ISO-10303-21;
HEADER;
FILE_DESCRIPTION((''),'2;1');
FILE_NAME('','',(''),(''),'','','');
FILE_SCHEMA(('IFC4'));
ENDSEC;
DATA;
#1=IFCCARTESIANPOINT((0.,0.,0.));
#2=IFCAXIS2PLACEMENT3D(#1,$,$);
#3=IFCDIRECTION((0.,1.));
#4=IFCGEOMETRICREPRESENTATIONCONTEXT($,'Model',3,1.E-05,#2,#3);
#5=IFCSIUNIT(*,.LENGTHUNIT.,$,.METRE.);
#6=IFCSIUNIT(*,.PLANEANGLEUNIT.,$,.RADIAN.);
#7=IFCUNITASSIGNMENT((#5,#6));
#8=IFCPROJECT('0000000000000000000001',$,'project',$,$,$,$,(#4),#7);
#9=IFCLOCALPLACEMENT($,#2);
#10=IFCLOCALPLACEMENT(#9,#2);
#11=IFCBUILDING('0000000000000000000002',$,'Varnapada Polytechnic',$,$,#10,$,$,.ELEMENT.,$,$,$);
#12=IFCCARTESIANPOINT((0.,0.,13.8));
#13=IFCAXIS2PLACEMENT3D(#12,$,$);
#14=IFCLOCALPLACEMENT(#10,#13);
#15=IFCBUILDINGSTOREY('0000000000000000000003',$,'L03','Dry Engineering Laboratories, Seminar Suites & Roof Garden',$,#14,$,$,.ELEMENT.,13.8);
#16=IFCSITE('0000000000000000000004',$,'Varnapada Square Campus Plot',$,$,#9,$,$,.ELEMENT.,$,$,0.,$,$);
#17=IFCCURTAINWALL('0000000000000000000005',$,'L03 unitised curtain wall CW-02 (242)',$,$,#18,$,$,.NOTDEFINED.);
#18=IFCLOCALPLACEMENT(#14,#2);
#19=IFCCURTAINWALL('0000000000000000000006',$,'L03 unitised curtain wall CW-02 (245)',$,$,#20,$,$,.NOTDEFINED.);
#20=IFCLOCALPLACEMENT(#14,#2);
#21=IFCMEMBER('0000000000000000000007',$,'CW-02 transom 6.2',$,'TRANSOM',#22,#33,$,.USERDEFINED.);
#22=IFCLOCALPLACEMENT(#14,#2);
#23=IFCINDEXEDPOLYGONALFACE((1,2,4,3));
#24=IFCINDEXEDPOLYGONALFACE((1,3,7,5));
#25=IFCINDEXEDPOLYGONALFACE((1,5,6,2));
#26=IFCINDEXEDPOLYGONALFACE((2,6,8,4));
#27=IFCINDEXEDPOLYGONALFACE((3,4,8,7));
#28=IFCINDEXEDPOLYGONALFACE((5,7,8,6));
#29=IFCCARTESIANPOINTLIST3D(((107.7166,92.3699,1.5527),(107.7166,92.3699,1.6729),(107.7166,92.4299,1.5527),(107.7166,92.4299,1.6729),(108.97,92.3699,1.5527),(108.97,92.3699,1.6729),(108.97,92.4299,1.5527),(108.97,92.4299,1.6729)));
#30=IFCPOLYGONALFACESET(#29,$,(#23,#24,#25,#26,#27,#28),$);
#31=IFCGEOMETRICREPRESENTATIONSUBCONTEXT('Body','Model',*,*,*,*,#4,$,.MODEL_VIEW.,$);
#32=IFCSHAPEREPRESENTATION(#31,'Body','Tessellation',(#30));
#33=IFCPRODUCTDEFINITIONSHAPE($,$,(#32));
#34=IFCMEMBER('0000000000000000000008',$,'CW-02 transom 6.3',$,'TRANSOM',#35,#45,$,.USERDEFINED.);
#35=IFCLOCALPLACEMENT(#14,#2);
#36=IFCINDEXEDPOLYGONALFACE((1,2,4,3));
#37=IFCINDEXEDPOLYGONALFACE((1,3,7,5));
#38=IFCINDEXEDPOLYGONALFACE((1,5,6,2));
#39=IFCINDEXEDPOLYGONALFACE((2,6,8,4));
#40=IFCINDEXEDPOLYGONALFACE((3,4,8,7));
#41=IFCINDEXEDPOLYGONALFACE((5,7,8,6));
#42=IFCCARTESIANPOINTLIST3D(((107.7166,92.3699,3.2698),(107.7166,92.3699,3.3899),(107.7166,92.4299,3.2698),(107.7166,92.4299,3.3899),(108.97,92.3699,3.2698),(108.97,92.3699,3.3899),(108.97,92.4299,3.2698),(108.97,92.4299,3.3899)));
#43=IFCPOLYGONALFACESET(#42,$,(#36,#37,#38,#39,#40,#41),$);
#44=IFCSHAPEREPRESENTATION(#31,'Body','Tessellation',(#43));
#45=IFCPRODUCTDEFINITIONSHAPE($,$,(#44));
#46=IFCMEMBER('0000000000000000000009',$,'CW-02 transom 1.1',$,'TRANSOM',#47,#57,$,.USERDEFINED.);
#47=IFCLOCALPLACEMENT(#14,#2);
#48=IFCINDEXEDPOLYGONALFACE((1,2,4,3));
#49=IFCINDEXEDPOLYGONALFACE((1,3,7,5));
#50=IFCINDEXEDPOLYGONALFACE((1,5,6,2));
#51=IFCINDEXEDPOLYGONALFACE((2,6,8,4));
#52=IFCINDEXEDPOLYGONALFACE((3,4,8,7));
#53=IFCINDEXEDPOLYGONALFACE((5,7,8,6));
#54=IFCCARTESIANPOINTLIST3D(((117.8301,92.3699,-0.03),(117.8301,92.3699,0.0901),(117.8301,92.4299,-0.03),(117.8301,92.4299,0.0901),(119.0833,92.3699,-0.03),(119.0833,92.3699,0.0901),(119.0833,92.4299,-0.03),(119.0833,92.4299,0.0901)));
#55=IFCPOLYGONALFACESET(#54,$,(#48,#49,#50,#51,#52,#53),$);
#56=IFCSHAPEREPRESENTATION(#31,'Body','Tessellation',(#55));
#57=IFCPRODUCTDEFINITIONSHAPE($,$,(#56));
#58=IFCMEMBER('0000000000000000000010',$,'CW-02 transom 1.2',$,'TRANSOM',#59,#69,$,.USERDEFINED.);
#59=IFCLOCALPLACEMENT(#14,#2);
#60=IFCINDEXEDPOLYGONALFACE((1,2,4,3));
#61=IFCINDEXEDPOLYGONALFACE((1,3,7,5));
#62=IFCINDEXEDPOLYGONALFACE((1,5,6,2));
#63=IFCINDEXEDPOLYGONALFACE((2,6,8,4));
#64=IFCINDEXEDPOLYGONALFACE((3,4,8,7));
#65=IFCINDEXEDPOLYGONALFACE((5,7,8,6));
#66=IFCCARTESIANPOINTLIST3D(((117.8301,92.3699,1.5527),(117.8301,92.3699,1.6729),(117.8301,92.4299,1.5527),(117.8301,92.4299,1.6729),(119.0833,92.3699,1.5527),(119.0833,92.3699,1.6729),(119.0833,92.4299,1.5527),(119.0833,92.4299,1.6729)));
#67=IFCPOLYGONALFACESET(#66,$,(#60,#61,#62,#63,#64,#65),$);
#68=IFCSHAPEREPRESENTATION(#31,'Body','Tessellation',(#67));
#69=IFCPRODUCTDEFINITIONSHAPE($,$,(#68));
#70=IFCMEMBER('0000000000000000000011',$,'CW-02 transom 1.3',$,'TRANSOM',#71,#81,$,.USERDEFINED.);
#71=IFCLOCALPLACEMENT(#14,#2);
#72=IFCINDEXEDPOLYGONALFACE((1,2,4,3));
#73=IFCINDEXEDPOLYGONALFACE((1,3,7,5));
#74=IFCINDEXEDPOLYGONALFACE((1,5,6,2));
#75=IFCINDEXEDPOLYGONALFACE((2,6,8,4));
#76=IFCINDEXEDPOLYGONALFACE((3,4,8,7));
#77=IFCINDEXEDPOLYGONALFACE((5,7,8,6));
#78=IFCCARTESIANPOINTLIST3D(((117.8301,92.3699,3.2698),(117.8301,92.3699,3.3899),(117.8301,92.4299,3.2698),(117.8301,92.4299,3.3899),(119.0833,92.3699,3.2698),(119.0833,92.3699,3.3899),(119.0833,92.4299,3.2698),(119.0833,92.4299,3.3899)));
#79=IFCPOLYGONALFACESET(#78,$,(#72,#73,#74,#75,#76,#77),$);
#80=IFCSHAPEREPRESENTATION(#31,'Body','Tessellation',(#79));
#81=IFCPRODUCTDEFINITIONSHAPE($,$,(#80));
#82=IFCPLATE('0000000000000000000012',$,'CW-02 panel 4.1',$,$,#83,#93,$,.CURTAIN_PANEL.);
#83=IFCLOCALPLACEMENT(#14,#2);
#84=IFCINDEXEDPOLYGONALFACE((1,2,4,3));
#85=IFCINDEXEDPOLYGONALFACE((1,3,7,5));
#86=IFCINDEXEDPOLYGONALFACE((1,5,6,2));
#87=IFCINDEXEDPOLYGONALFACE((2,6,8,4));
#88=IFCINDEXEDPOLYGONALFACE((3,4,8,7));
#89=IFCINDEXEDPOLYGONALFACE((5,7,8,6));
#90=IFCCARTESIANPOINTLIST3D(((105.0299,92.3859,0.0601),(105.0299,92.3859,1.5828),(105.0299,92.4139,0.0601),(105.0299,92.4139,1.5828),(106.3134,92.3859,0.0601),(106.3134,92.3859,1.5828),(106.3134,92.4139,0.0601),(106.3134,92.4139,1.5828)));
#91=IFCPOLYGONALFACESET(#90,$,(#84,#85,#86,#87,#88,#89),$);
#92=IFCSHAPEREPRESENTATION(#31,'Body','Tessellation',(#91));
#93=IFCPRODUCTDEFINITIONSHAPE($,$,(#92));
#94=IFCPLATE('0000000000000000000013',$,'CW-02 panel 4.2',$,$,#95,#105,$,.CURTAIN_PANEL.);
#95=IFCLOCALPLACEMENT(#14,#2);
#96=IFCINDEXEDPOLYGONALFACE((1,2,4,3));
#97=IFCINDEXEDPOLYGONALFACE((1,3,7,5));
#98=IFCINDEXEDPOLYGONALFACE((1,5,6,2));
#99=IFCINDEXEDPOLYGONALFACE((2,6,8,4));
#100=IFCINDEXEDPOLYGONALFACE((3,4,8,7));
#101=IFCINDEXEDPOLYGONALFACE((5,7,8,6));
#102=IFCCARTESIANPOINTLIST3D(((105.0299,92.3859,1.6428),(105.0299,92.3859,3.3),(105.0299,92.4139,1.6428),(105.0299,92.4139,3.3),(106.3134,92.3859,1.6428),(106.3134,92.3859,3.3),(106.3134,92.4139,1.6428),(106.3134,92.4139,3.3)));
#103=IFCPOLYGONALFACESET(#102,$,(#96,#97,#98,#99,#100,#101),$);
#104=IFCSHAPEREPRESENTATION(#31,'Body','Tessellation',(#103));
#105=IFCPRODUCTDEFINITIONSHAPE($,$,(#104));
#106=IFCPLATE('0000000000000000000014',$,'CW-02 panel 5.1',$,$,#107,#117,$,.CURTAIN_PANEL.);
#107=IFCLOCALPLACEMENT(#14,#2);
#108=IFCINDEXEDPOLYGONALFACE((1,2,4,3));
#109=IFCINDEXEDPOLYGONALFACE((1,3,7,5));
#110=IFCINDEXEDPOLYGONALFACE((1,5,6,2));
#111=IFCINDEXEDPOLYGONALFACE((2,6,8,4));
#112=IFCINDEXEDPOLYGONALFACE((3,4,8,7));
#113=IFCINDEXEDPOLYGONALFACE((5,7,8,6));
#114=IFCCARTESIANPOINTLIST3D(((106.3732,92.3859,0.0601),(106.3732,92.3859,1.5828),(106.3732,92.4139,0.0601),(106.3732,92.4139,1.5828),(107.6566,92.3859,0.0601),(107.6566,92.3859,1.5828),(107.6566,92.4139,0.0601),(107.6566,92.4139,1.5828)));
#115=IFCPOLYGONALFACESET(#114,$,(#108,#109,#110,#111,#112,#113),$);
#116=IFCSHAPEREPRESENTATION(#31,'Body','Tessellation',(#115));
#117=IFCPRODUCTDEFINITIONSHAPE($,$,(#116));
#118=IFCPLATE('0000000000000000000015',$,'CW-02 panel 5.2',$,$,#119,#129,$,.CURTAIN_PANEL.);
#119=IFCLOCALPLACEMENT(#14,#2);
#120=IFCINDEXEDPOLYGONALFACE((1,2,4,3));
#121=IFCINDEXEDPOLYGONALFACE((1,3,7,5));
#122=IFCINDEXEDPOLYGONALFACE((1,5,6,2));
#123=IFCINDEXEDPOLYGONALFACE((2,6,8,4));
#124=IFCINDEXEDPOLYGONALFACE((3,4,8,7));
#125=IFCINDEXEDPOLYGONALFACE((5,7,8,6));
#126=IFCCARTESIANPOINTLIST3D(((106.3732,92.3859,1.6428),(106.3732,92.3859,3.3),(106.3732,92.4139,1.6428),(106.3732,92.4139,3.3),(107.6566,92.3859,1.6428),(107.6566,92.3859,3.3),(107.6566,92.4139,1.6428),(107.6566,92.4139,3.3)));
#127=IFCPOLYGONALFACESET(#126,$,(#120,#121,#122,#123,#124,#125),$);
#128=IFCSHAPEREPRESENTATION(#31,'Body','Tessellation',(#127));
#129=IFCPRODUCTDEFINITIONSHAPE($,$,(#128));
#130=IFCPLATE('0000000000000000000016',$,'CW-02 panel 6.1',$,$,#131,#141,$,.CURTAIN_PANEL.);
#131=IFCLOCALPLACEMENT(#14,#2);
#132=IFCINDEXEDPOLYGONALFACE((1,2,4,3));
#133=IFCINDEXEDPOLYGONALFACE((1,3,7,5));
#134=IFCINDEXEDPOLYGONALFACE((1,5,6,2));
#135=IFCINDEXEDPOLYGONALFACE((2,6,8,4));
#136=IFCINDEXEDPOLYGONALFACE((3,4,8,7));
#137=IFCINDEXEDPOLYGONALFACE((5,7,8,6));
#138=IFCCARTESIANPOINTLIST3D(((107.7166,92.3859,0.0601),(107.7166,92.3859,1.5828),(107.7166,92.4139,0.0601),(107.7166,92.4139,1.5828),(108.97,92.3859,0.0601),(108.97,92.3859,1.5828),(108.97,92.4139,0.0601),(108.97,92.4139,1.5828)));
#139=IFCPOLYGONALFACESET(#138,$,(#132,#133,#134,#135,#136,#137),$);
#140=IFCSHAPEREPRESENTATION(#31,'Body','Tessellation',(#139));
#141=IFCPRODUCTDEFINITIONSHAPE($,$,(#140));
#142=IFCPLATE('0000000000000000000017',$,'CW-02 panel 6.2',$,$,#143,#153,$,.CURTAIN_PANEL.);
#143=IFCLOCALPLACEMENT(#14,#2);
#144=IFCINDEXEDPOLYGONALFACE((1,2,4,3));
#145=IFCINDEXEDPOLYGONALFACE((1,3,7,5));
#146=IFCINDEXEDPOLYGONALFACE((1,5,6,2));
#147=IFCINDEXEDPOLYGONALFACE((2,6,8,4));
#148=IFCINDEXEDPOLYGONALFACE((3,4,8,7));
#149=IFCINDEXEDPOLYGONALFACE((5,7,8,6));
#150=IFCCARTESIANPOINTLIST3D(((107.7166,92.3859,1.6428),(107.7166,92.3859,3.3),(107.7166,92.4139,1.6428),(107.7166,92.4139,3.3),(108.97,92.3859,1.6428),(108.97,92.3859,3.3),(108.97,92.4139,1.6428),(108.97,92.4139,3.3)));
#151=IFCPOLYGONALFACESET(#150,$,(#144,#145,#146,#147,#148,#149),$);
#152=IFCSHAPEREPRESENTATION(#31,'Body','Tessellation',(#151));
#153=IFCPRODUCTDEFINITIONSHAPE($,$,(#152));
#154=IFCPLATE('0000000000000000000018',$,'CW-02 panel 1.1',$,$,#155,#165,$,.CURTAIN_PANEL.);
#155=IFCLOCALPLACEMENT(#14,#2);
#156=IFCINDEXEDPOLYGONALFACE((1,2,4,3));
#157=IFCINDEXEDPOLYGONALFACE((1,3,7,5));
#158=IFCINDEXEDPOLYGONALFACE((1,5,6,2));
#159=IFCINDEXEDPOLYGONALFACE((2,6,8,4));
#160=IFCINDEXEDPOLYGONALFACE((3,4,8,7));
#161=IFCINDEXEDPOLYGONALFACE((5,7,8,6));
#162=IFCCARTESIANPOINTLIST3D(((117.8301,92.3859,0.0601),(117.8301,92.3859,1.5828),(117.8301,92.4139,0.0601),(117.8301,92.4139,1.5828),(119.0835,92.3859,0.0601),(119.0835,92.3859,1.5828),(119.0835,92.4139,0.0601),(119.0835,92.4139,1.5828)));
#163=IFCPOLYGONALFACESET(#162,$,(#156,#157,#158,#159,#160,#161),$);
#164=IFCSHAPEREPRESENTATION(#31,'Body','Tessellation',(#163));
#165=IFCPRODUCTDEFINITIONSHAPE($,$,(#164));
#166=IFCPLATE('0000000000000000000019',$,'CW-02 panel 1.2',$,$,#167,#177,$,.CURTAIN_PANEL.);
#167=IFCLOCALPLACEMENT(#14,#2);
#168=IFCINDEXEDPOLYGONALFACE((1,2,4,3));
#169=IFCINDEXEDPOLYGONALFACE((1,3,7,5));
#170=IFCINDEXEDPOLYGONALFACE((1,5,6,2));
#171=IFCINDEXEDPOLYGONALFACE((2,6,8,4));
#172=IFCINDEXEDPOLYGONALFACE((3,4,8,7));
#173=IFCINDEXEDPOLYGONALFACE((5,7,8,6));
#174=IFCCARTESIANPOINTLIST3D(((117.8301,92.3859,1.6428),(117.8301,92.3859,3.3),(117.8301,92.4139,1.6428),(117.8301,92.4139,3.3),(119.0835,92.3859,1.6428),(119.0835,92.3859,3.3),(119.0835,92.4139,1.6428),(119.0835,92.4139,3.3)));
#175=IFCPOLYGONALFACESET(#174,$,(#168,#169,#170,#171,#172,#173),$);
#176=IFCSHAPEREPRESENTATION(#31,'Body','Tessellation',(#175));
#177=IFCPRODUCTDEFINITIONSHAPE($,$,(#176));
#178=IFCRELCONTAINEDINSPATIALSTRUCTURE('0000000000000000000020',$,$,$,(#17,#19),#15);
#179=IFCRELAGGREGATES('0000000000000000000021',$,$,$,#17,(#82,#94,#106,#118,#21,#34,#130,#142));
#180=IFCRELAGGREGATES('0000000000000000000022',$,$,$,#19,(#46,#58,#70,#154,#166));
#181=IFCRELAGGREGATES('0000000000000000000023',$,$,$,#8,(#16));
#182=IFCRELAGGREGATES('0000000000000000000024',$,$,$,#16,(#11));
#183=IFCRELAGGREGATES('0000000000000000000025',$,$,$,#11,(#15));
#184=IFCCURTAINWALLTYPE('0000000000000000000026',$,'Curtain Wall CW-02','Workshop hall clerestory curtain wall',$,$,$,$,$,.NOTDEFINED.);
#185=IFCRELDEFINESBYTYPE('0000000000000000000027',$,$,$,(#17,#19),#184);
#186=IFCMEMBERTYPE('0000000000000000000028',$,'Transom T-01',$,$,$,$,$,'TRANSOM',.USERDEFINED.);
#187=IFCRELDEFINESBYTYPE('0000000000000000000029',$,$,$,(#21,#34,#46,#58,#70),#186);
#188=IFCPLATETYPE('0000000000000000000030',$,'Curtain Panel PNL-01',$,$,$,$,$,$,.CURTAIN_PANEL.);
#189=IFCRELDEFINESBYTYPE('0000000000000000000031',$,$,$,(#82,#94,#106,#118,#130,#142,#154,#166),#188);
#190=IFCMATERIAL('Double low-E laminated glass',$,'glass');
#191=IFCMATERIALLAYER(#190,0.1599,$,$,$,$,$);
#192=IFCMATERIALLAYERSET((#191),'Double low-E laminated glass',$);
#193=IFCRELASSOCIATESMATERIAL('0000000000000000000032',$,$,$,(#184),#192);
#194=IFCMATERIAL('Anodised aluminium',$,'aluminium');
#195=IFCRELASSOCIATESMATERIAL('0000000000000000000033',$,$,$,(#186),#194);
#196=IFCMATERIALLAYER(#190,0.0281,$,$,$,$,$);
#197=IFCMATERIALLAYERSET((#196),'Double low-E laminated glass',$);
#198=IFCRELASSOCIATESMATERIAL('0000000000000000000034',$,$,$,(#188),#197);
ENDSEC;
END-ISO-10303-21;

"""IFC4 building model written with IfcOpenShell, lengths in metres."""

from ifc_helpers import new_model, si_unit, direction, frame, origin, origin_2d, place, context, subcontext, project, spatial, rectangle, extrude, material, layer, layer_set, material_profile, profile_set, type_object, element, aggregate, save


model = new_model("IFC4")

# Units and contexts
model_context = context("Model", 3, precision=1e-05, world=origin(), true_north=direction((0.0, 1.0)))
body_context = subcontext(model_context, "Body", "Model", "MODEL_VIEW")
ifc_project = project(units=[si_unit("LENGTHUNIT", "METRE"), si_unit("PLANEANGLEUNIT", "RADIAN")], contexts=[model_context])

# Site, building, storey
site_placement = place(None, origin())
site = spatial("IfcSite", under=ifc_project, at=site_placement, Name="Varnapada Square Campus Plot", CompositionType="ELEMENT", RefElevation=0.0)
building_placement = place(site_placement, origin())
building = spatial("IfcBuilding", under=site, at=building_placement, Name="Varnapada Polytechnic", CompositionType="ELEMENT")
storey_placement = place(building_placement, frame((0.0, 0.0, 13.8)))
storey = spatial("IfcBuildingStorey", under=building, at=storey_placement, Name="L03", Description="Dry Engineering Laboratories, Seminar Suites & Roof Garden", CompositionType="ELEMENT", Elevation=13.8)

# Curtain walls
ifc_material_1 = material(Name="Double low-E laminated glass", Category="glass")
ifc_layer_1 = layer(ifc_material_1, 0.1599)
ifc_layer_set_1 = layer_set([ifc_layer_1], Name="Double low-E laminated glass")
curtain_wall_type = type_object("IfcCurtainWallType", Name="Curtain Wall CW-02", Description="Workshop hall clerestory curtain wall", PredefinedType="NOTDEFINED", material=ifc_layer_set_1)
curtain_wall_1_placement = place(storey_placement, origin())
curtain_wall_1 = element("IfcCurtainWall", 1, at=curtain_wall_1_placement, inside=storey, type_object=curtain_wall_type, Name="L03 unitised curtain wall CW-02 (242)", PredefinedType="NOTDEFINED")
ifc_material_2 = material(Name="Anodised aluminium", Category="aluminium")
curtain_wall_2_placement = place(storey_placement, origin())
curtain_wall_2 = element("IfcCurtainWall", 2, at=curtain_wall_2_placement, inside=storey, type_object=curtain_wall_type, Name="L03 unitised curtain wall CW-02 (245)", PredefinedType="NOTDEFINED")

# Members
ifc_material_profile_1 = material_profile(ifc_material_2, rectangle(XDim=0.0601, YDim=0.1201, at=origin_2d()), Name="ALU T60x120")
ifc_profile_set_1 = profile_set([ifc_material_profile_1], Name="Anodised aluminium")
member_type_1 = type_object("IfcMemberType", Name="Transom T-01", ElementType="TRANSOM", PredefinedType="USERDEFINED", material=ifc_profile_set_1)
member_1_placement = place(storey_placement, frame((107.7166, 92.3999, 1.6128), z_axis=(1.0, 0.0, 0.0), x_axis=(0.0, 1.0, 0.0)))
member_1 = element("IfcMember", 3, at=member_1_placement, type_object=member_type_1, Name="CW-02 transom 6.2", ObjectType="TRANSOM", PredefinedType="USERDEFINED", context=body_context, shape_type="SweptSolid", body=[
    extrude(rectangle(XDim=0.0601, YDim=0.1201, at=origin_2d()), origin(), (0.0, 0.0, 1.0), 1.2534),
])
member_2_placement = place(storey_placement, frame((107.7166, 92.3999, 3.3298), z_axis=(1.0, 0.0, 0.0), x_axis=(0.0, 1.0, 0.0)))
member_2 = element("IfcMember", 4, at=member_2_placement, type_object=member_type_1, Name="CW-02 transom 6.3", ObjectType="TRANSOM", PredefinedType="USERDEFINED", context=body_context, shape_type="SweptSolid", body=[
    extrude(rectangle(XDim=0.0601, YDim=0.1201, at=origin_2d()), origin(), (0.0, 0.0, 1.0), 1.2534),
])
member_3_placement = place(storey_placement, frame((117.8301, 92.3999, 0.03), z_axis=(1.0, 0.0, 0.0), x_axis=(0.0, 1.0, 0.0)))
member_3 = element("IfcMember", 5, at=member_3_placement, type_object=member_type_1, Name="CW-02 transom 1.1", ObjectType="TRANSOM", PredefinedType="USERDEFINED", context=body_context, shape_type="SweptSolid", body=[
    extrude(rectangle(XDim=0.0601, YDim=0.1201, at=origin_2d()), origin(), (0.0, 0.0, 1.0), 1.2532),
])
member_4_placement = place(storey_placement, frame((117.8301, 92.3999, 1.6128), z_axis=(1.0, 0.0, 0.0), x_axis=(0.0, 1.0, 0.0)))
member_4 = element("IfcMember", 6, at=member_4_placement, type_object=member_type_1, Name="CW-02 transom 1.2", ObjectType="TRANSOM", PredefinedType="USERDEFINED", context=body_context, shape_type="SweptSolid", body=[
    extrude(rectangle(XDim=0.0601, YDim=0.1201, at=origin_2d()), origin(), (0.0, 0.0, 1.0), 1.2532),
])
member_5_placement = place(storey_placement, frame((117.8301, 92.3999, 3.3298), z_axis=(1.0, 0.0, 0.0), x_axis=(0.0, 1.0, 0.0)))
member_5 = element("IfcMember", 7, at=member_5_placement, type_object=member_type_1, Name="CW-02 transom 1.3", ObjectType="TRANSOM", PredefinedType="USERDEFINED", context=body_context, shape_type="SweptSolid", body=[
    extrude(rectangle(XDim=0.0601, YDim=0.1201, at=origin_2d()), origin(), (0.0, 0.0, 1.0), 1.2532),
])

# Plates
ifc_layer_2 = layer(ifc_material_1, 0.0281)
ifc_layer_set_2 = layer_set([ifc_layer_2], Name="Double low-E laminated glass")
plate_type = type_object("IfcPlateType", Name="Curtain Panel PNL-01", PredefinedType="CURTAIN_PANEL", material=ifc_layer_set_2)
plate_1_placement = place(storey_placement, frame((105.6716, 92.3999, 0.0601), z_axis=(0.0, 0.0, 1.0), x_axis=(1.0, 0.0, 0.0)))
plate_1 = element("IfcPlate", 8, at=plate_1_placement, type_object=plate_type, Name="CW-02 panel 4.1", PredefinedType="CURTAIN_PANEL", context=body_context, shape_type="SweptSolid", body=[
    extrude(rectangle(XDim=1.2834, YDim=0.0281, at=origin_2d()), origin(), (0.0, 0.0, 1.0), 1.5227),
])
plate_2_placement = place(storey_placement, frame((105.6716, 92.3999, 1.6428), z_axis=(0.0, 0.0, 1.0), x_axis=(1.0, 0.0, 0.0)))
plate_2 = element("IfcPlate", 9, at=plate_2_placement, type_object=plate_type, Name="CW-02 panel 4.2", PredefinedType="CURTAIN_PANEL", context=body_context, shape_type="SweptSolid", body=[
    extrude(rectangle(XDim=1.2834, YDim=0.0281, at=origin_2d()), origin(), (0.0, 0.0, 1.0), 1.6572),
])
plate_3_placement = place(storey_placement, frame((107.0149, 92.3999, 0.0601), z_axis=(0.0, 0.0, 1.0), x_axis=(1.0, 0.0, 0.0)))
plate_3 = element("IfcPlate", 10, at=plate_3_placement, type_object=plate_type, Name="CW-02 panel 5.1", PredefinedType="CURTAIN_PANEL", context=body_context, shape_type="SweptSolid", body=[
    extrude(rectangle(XDim=1.2834, YDim=0.0281, at=origin_2d()), origin(), (0.0, 0.0, 1.0), 1.5227),
])
plate_4_placement = place(storey_placement, frame((107.0149, 92.3999, 1.6428), z_axis=(0.0, 0.0, 1.0), x_axis=(1.0, 0.0, 0.0)))
plate_4 = element("IfcPlate", 11, at=plate_4_placement, type_object=plate_type, Name="CW-02 panel 5.2", PredefinedType="CURTAIN_PANEL", context=body_context, shape_type="SweptSolid", body=[
    extrude(rectangle(XDim=1.2834, YDim=0.0281, at=origin_2d()), origin(), (0.0, 0.0, 1.0), 1.6572),
])
plate_5_placement = place(storey_placement, frame((108.3433, 92.3999, 0.0601), z_axis=(0.0, 0.0, 1.0), x_axis=(1.0, 0.0, 0.0)))
plate_5 = element("IfcPlate", 12, at=plate_5_placement, type_object=plate_type, Name="CW-02 panel 6.1", PredefinedType="CURTAIN_PANEL", context=body_context, shape_type="SweptSolid", body=[
    extrude(rectangle(XDim=1.2534, YDim=0.0281, at=origin_2d()), origin(), (0.0, 0.0, 1.0), 1.5227),
])
plate_6_placement = place(storey_placement, frame((108.3433, 92.3999, 1.6428), z_axis=(0.0, 0.0, 1.0), x_axis=(1.0, 0.0, 0.0)))
plate_6 = element("IfcPlate", 13, at=plate_6_placement, type_object=plate_type, Name="CW-02 panel 6.2", PredefinedType="CURTAIN_PANEL", context=body_context, shape_type="SweptSolid", body=[
    extrude(rectangle(XDim=1.2534, YDim=0.0281, at=origin_2d()), origin(), (0.0, 0.0, 1.0), 1.6572),
])
aggregate(curtain_wall_1, [plate_1, plate_2, plate_3, plate_4, member_1, member_2, plate_5, plate_6])
plate_7_placement = place(storey_placement, frame((118.4568, 92.3999, 0.0601), z_axis=(0.0, 0.0, 1.0), x_axis=(1.0, 0.0, 0.0)))
plate_7 = element("IfcPlate", 14, at=plate_7_placement, type_object=plate_type, Name="CW-02 panel 1.1", PredefinedType="CURTAIN_PANEL", context=body_context, shape_type="SweptSolid", body=[
    extrude(rectangle(XDim=1.2534, YDim=0.0281, at=origin_2d()), origin(), (0.0, 0.0, 1.0), 1.5227),
])
plate_8_placement = place(storey_placement, frame((118.4568, 92.3999, 1.6428), z_axis=(0.0, 0.0, 1.0), x_axis=(1.0, 0.0, 0.0)))
plate_8 = element("IfcPlate", 15, at=plate_8_placement, type_object=plate_type, Name="CW-02 panel 1.2", PredefinedType="CURTAIN_PANEL", context=body_context, shape_type="SweptSolid", body=[
    extrude(rectangle(XDim=1.2534, YDim=0.0281, at=origin_2d()), origin(), (0.0, 0.0, 1.0), 1.6572),
])
aggregate(curtain_wall_2, [member_3, member_4, member_5, plate_7, plate_8])

save(model, "model.ifc")
